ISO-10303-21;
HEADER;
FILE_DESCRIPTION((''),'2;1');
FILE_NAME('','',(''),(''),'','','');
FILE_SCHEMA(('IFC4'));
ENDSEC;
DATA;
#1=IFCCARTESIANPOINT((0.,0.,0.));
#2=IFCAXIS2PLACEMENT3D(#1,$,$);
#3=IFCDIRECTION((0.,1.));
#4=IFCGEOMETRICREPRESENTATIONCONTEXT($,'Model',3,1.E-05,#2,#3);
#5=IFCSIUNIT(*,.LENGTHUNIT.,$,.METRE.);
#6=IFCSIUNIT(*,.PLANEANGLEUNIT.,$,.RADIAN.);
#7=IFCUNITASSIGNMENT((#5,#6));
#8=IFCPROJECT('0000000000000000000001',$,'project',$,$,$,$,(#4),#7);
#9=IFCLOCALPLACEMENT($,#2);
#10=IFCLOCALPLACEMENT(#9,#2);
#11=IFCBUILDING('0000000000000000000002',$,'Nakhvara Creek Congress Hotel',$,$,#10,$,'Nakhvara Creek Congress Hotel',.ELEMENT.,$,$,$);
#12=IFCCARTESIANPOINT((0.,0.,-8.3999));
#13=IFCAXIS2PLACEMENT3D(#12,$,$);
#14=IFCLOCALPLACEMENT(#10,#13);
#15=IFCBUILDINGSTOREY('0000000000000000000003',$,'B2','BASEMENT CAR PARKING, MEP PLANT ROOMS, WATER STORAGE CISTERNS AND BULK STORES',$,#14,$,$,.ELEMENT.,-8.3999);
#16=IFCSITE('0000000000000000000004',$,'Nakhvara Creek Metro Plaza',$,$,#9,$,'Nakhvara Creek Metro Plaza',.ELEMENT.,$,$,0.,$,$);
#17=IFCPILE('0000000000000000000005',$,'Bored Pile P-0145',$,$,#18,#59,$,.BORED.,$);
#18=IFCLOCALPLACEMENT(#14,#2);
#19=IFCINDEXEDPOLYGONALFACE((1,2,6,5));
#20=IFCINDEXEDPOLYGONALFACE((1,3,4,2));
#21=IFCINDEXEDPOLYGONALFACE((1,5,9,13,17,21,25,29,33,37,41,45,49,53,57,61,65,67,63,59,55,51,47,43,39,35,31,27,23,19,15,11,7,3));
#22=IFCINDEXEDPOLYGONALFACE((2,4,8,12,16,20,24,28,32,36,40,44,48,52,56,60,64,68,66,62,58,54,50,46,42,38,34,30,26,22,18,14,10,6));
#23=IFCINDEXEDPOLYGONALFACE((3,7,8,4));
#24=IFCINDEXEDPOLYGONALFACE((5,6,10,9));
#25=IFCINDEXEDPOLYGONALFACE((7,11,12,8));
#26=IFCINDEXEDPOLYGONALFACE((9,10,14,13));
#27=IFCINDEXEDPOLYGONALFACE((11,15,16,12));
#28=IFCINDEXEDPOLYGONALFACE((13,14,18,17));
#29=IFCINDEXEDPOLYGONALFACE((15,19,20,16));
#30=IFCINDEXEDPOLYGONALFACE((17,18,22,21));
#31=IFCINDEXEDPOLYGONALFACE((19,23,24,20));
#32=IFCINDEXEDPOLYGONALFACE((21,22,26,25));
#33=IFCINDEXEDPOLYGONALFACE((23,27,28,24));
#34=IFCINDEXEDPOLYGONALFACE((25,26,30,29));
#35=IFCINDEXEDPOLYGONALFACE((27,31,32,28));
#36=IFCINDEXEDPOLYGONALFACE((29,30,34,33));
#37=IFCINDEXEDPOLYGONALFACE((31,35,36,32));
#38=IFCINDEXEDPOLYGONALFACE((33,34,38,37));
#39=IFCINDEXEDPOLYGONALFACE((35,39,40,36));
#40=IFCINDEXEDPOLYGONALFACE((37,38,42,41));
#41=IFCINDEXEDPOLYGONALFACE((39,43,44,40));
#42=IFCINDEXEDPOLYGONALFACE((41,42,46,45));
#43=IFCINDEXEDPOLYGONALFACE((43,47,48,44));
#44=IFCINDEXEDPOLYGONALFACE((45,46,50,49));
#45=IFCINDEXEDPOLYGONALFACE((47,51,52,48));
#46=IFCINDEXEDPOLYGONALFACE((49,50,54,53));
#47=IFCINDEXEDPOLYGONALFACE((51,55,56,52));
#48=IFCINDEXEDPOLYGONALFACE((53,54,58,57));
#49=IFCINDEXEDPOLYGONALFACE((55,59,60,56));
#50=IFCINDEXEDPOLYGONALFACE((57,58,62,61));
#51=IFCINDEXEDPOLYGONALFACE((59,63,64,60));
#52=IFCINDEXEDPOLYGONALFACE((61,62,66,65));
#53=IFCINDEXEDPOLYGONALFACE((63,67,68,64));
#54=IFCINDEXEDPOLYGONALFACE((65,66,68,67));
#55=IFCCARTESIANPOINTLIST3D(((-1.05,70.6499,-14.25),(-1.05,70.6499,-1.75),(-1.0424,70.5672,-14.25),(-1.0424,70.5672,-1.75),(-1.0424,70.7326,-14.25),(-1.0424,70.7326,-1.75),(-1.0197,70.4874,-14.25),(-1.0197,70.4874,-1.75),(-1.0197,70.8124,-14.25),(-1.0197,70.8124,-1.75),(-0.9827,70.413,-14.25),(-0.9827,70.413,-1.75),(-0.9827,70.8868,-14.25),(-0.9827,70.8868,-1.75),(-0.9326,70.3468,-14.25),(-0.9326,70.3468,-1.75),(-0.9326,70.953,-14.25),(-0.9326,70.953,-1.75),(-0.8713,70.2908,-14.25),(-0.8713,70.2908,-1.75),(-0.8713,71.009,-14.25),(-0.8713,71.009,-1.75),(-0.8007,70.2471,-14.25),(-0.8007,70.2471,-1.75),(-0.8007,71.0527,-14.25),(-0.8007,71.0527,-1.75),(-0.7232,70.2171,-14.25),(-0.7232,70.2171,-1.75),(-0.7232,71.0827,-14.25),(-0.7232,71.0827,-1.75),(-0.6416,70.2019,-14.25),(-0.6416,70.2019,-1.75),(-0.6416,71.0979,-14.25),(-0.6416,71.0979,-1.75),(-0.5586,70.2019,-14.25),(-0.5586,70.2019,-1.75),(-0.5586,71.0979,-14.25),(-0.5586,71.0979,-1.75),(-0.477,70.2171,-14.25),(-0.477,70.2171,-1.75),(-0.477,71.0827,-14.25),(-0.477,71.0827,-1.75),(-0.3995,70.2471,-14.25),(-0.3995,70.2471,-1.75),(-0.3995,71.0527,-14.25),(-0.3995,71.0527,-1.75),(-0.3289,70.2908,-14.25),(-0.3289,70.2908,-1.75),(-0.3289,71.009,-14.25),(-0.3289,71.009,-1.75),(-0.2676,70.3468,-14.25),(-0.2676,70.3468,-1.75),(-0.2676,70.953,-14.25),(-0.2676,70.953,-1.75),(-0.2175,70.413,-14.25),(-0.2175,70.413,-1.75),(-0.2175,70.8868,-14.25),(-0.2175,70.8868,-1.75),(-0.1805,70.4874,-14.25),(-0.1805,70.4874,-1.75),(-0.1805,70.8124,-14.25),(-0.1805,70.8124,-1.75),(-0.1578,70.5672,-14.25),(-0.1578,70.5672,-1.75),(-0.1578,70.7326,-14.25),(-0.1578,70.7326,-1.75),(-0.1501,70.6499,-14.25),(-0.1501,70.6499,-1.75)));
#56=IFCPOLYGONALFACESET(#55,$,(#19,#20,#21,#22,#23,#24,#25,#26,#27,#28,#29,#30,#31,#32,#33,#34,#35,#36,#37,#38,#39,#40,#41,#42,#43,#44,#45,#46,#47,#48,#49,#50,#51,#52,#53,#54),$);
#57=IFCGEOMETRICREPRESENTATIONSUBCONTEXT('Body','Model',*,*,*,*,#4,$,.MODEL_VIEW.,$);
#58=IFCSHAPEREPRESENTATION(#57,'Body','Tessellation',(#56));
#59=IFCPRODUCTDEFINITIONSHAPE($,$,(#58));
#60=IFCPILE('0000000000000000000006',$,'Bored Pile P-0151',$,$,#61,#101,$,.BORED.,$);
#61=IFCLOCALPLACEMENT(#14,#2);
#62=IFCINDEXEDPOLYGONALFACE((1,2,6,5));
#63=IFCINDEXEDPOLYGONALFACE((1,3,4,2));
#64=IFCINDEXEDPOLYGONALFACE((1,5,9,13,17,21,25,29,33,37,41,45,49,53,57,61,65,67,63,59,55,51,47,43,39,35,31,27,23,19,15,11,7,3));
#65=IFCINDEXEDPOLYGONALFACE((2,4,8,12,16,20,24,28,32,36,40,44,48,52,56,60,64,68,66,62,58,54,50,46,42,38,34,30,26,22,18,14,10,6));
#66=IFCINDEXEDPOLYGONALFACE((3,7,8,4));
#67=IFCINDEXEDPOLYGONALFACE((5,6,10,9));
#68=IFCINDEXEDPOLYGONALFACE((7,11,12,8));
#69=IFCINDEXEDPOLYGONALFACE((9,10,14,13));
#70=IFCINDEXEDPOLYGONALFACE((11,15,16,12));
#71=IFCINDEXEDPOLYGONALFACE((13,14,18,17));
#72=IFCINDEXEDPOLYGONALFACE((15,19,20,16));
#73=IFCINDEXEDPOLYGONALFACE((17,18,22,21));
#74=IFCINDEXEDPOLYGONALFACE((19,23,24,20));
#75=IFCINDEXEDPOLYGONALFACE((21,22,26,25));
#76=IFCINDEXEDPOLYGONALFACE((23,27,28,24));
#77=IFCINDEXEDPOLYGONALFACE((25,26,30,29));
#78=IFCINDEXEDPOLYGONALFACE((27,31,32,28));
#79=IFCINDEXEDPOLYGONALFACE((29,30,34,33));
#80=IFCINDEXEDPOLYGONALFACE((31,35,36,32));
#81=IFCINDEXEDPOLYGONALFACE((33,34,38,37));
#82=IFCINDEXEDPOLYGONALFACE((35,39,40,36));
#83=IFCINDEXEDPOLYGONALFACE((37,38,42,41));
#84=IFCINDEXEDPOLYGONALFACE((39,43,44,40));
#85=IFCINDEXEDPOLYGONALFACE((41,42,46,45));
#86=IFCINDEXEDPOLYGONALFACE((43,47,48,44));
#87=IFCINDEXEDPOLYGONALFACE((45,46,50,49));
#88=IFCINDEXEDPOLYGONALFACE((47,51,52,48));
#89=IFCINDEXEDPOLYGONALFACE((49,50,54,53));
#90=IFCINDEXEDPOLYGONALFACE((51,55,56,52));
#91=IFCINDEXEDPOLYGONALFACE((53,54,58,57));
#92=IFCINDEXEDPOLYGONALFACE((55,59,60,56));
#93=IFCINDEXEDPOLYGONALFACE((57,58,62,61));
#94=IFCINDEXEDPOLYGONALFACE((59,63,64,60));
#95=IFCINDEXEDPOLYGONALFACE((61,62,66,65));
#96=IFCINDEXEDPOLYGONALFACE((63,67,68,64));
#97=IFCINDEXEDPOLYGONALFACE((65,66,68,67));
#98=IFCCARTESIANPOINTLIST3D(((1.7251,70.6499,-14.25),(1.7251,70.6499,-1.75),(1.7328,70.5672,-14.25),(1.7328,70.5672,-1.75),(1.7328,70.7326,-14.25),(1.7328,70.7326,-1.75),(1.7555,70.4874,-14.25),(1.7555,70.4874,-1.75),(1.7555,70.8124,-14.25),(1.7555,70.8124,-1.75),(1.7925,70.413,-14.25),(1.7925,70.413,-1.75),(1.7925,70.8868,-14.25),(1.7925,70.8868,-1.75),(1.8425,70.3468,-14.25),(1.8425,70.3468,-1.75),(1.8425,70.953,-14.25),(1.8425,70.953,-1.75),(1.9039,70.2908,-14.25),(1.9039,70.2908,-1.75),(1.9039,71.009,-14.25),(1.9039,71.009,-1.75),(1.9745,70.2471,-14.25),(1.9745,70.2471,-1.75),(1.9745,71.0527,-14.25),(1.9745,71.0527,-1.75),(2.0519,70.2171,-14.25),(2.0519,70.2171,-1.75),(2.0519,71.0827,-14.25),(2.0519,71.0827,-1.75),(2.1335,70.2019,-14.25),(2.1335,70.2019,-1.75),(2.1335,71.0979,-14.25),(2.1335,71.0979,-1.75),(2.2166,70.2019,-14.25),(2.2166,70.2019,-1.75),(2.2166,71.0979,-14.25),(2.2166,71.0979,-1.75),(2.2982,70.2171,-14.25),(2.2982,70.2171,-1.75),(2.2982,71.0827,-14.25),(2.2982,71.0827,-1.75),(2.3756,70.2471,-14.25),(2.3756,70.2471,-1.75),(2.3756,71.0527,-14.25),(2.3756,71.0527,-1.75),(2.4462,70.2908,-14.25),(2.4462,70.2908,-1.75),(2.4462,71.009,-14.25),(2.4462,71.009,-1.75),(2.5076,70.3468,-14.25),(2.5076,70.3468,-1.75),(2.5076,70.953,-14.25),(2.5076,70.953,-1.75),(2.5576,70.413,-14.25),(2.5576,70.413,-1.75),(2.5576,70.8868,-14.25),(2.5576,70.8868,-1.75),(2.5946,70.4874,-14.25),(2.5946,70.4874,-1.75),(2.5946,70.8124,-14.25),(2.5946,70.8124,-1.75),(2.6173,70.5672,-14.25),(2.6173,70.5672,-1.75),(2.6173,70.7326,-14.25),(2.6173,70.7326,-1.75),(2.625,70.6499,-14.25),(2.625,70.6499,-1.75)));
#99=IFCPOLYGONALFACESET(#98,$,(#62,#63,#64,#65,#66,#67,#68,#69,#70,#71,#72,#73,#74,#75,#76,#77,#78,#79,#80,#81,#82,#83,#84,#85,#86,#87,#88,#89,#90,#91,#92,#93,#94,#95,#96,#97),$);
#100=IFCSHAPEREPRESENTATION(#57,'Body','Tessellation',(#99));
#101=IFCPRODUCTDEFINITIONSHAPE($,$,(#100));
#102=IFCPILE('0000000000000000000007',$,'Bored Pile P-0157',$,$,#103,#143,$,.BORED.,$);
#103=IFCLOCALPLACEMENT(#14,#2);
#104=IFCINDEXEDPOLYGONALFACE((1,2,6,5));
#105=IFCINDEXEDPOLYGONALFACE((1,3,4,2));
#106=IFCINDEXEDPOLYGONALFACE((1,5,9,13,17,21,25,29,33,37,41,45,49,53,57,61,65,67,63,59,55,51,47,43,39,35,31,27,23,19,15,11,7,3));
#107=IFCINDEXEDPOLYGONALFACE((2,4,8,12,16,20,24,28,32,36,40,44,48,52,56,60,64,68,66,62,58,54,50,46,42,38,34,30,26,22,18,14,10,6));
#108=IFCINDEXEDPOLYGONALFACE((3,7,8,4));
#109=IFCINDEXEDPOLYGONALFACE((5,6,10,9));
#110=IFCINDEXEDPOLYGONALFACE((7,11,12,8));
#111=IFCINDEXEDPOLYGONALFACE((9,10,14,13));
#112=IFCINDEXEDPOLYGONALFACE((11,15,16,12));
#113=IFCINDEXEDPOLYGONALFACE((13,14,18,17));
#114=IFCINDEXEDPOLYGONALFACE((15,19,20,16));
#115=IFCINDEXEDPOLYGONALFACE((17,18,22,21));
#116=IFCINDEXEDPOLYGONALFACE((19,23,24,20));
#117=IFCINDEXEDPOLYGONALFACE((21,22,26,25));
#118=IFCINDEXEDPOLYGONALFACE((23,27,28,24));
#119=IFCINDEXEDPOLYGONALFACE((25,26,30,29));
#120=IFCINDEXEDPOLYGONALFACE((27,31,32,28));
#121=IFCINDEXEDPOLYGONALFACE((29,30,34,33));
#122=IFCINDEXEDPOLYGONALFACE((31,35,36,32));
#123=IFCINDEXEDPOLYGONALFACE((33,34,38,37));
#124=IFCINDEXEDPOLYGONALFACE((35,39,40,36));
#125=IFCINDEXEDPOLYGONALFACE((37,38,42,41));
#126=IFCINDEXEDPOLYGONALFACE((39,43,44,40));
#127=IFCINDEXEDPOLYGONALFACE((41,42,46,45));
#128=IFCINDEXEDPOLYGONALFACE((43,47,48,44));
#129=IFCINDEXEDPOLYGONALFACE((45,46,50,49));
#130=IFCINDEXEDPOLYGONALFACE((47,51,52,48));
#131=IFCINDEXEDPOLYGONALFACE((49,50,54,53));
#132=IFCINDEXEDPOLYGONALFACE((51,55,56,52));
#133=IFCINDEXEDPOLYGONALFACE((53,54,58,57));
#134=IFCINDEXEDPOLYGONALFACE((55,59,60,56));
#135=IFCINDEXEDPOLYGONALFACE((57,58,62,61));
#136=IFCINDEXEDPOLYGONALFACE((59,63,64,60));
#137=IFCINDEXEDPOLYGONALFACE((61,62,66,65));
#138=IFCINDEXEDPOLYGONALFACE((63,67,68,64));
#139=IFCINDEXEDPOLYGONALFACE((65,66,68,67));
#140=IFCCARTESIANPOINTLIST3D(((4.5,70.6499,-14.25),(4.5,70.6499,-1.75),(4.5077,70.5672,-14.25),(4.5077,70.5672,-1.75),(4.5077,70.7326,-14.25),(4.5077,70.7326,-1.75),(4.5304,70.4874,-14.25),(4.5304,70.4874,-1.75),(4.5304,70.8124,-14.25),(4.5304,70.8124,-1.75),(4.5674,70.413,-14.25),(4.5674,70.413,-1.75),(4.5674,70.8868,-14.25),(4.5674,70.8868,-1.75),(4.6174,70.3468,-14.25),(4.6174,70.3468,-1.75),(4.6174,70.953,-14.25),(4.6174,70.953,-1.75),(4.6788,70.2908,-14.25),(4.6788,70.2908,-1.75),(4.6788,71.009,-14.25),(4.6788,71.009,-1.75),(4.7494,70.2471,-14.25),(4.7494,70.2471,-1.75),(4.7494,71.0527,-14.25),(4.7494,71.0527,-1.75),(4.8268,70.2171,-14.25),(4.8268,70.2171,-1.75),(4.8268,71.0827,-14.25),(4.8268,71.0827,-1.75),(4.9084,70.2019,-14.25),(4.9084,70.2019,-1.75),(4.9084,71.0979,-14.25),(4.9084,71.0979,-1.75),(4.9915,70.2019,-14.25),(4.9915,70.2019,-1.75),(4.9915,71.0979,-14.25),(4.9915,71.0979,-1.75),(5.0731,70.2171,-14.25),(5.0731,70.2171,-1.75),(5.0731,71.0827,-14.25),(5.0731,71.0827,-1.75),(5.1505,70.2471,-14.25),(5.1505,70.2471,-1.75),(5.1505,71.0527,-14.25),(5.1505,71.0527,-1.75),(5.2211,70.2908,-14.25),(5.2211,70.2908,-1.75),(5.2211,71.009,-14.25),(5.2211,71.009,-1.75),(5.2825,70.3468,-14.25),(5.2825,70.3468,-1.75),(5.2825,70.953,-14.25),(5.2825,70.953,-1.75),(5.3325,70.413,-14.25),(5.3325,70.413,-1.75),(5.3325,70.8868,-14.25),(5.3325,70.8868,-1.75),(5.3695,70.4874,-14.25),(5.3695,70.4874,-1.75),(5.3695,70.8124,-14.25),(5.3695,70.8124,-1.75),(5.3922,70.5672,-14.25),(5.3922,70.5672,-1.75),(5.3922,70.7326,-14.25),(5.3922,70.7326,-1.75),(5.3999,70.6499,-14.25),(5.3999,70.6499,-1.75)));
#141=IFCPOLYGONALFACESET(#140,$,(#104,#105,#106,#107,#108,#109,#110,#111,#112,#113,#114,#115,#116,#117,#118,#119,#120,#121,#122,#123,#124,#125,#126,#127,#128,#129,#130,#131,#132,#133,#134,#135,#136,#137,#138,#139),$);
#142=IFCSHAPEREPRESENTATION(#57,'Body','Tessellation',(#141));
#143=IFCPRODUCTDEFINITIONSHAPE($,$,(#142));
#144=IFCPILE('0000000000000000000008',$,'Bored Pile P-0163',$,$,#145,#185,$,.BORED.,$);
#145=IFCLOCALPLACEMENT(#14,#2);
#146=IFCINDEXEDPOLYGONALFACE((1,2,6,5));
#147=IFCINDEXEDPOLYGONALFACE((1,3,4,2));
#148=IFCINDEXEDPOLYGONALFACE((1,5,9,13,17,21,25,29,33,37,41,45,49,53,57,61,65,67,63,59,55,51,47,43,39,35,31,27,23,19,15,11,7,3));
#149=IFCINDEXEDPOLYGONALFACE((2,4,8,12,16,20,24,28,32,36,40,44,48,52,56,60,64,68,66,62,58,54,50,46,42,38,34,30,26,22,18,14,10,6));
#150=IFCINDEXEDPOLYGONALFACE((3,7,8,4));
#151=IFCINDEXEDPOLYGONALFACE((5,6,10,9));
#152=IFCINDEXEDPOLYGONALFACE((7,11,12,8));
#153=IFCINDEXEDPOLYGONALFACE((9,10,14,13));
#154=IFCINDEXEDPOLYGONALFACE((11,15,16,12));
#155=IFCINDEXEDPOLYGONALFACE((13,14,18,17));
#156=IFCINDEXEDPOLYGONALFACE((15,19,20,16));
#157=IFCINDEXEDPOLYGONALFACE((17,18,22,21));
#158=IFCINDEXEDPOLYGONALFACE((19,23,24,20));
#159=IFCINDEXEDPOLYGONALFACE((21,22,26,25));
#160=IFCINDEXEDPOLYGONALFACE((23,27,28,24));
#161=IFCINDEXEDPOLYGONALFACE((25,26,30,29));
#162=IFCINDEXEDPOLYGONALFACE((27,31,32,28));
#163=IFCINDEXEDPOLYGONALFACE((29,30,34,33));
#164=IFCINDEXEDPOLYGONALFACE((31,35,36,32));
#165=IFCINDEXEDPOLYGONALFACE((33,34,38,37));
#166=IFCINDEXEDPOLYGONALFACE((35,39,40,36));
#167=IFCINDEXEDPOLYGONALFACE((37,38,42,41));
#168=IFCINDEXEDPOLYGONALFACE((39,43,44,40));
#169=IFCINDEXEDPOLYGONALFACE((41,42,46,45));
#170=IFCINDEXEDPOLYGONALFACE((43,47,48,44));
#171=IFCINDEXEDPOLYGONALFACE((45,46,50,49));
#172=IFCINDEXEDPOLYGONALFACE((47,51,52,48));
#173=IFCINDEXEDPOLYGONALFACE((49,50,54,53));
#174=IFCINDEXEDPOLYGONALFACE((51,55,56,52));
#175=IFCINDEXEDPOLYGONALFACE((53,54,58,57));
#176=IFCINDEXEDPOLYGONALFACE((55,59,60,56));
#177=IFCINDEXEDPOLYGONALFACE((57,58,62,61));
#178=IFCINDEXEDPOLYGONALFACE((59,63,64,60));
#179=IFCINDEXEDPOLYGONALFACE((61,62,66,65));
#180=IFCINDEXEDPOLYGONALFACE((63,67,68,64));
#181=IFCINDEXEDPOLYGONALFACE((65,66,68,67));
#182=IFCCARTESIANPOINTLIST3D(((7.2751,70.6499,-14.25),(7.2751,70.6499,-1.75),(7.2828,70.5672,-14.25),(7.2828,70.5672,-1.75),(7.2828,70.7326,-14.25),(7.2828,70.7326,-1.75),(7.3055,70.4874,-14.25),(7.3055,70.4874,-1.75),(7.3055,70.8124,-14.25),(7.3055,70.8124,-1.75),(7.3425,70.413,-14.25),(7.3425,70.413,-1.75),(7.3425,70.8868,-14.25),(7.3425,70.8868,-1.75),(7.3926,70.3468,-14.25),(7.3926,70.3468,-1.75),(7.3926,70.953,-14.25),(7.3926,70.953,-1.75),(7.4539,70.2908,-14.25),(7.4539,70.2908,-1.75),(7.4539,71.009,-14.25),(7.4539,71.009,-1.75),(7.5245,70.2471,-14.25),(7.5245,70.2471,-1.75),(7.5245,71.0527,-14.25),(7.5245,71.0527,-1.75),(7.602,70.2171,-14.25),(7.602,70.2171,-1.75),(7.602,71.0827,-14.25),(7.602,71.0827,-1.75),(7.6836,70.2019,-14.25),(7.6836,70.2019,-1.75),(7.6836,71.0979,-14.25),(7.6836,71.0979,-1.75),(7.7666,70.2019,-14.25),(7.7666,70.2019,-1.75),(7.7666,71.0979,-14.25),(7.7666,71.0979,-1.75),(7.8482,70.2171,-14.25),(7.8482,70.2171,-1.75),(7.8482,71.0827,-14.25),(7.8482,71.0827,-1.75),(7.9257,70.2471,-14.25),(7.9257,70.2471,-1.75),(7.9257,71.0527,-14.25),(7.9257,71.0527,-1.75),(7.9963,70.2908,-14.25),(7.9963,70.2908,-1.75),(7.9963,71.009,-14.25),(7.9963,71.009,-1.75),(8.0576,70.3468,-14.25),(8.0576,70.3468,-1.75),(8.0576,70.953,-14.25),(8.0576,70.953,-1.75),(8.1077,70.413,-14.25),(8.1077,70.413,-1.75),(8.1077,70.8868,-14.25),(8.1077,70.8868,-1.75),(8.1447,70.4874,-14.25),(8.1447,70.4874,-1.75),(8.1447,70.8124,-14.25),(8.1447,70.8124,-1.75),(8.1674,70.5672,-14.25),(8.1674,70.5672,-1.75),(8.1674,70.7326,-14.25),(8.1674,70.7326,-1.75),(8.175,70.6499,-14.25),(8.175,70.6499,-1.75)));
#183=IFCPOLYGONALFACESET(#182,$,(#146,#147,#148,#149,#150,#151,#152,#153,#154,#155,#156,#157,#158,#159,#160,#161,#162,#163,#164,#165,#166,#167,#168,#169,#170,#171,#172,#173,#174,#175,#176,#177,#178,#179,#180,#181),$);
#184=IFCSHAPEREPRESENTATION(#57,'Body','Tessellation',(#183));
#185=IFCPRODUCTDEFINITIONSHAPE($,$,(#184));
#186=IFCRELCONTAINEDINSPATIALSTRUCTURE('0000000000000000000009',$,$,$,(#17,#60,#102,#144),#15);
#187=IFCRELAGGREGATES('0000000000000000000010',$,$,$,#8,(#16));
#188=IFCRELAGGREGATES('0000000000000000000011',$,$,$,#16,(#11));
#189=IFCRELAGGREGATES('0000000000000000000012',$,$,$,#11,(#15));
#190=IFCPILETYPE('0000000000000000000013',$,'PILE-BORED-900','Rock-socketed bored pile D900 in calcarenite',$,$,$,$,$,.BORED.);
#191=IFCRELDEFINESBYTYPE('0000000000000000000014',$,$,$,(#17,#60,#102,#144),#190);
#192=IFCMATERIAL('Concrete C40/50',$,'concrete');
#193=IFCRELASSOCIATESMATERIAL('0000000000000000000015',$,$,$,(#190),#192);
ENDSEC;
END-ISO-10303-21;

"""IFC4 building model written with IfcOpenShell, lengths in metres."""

from ifc_helpers import new_model, si_unit, direction, frame, origin, origin_2d, place, context, subcontext, project, spatial, circle, extrude, material, material_profile, profile_set, type_object, element, save


model = new_model("IFC4")

# Units and contexts
model_context = context("Model", 3, precision=1e-05, world=origin(), true_north=direction((0.0, 1.0)))
body_context = subcontext(model_context, "Body", "Model", "MODEL_VIEW")
ifc_project = project(units=[si_unit("LENGTHUNIT", "METRE"), si_unit("PLANEANGLEUNIT", "RADIAN")], contexts=[model_context])

# Site, building, storey
site_placement = place(None, origin())
site = spatial("IfcSite", under=ifc_project, at=site_placement, Name="Nakhvara Creek Metro Plaza", LongName="Nakhvara Creek Metro Plaza", CompositionType="ELEMENT", RefElevation=0.0)
building_placement = place(site_placement, origin())
building = spatial("IfcBuilding", under=site, at=building_placement, Name="Nakhvara Creek Congress Hotel", LongName="Nakhvara Creek Congress Hotel", CompositionType="ELEMENT")
storey_placement = place(building_placement, frame((0.0, 0.0, -8.3999)))
storey = spatial("IfcBuildingStorey", under=building, at=storey_placement, Name="B2", Description="BASEMENT CAR PARKING, MEP PLANT ROOMS, WATER STORAGE CISTERNS AND BULK STORES", CompositionType="ELEMENT", Elevation=-8.3999)

# Shared definitions
ifc_material_1 = material(Name="Concrete C40/50", Category="concrete")

# Piles
ifc_material_profile_1 = material_profile(ifc_material_1, circle(Radius=0.45, at=origin_2d()), Name="BORED PILE D900", Category="LoadBearing")
ifc_profile_set_1 = profile_set([ifc_material_profile_1], Name="Concrete C40/50")
pile_type = type_object("IfcPileType", Name="PILE-BORED-900", Description="Rock-socketed bored pile D900 in calcarenite", PredefinedType="BORED", material=ifc_profile_set_1)
for number, where, z_axis, x_axis, name in (
    (1, (-0.6001, 70.6499, -1.75), (0.0, 0.0, -1.0), (1.0, 0.0, 0.0), "Bored Pile P-0145"),
    (2, (2.175, 70.6499, -1.75), (0.0, 0.0, -1.0), (1.0, 0.0, 0.0), "Bored Pile P-0151"),
    (3, (4.95, 70.6499, -1.75), (0.0, 0.0, -1.0), (1.0, 0.0, 0.0), "Bored Pile P-0157"),
    (4, (7.7251, 70.6499, -1.75), (0.0, 0.0, -1.0), (1.0, 0.0, 0.0), "Bored Pile P-0163"),
):
    element("IfcPile", number, at=place(storey_placement, frame(where, z_axis=z_axis, x_axis=x_axis)), inside=storey, type_object=pile_type, Name=name, PredefinedType="BORED", context=body_context, shape_type="SweptSolid", body=[
        extrude(circle(Radius=0.45, at=origin_2d()), origin(), (0.0, 0.0, 1.0), 12.5),
    ])

save(model, "model.ifc")
